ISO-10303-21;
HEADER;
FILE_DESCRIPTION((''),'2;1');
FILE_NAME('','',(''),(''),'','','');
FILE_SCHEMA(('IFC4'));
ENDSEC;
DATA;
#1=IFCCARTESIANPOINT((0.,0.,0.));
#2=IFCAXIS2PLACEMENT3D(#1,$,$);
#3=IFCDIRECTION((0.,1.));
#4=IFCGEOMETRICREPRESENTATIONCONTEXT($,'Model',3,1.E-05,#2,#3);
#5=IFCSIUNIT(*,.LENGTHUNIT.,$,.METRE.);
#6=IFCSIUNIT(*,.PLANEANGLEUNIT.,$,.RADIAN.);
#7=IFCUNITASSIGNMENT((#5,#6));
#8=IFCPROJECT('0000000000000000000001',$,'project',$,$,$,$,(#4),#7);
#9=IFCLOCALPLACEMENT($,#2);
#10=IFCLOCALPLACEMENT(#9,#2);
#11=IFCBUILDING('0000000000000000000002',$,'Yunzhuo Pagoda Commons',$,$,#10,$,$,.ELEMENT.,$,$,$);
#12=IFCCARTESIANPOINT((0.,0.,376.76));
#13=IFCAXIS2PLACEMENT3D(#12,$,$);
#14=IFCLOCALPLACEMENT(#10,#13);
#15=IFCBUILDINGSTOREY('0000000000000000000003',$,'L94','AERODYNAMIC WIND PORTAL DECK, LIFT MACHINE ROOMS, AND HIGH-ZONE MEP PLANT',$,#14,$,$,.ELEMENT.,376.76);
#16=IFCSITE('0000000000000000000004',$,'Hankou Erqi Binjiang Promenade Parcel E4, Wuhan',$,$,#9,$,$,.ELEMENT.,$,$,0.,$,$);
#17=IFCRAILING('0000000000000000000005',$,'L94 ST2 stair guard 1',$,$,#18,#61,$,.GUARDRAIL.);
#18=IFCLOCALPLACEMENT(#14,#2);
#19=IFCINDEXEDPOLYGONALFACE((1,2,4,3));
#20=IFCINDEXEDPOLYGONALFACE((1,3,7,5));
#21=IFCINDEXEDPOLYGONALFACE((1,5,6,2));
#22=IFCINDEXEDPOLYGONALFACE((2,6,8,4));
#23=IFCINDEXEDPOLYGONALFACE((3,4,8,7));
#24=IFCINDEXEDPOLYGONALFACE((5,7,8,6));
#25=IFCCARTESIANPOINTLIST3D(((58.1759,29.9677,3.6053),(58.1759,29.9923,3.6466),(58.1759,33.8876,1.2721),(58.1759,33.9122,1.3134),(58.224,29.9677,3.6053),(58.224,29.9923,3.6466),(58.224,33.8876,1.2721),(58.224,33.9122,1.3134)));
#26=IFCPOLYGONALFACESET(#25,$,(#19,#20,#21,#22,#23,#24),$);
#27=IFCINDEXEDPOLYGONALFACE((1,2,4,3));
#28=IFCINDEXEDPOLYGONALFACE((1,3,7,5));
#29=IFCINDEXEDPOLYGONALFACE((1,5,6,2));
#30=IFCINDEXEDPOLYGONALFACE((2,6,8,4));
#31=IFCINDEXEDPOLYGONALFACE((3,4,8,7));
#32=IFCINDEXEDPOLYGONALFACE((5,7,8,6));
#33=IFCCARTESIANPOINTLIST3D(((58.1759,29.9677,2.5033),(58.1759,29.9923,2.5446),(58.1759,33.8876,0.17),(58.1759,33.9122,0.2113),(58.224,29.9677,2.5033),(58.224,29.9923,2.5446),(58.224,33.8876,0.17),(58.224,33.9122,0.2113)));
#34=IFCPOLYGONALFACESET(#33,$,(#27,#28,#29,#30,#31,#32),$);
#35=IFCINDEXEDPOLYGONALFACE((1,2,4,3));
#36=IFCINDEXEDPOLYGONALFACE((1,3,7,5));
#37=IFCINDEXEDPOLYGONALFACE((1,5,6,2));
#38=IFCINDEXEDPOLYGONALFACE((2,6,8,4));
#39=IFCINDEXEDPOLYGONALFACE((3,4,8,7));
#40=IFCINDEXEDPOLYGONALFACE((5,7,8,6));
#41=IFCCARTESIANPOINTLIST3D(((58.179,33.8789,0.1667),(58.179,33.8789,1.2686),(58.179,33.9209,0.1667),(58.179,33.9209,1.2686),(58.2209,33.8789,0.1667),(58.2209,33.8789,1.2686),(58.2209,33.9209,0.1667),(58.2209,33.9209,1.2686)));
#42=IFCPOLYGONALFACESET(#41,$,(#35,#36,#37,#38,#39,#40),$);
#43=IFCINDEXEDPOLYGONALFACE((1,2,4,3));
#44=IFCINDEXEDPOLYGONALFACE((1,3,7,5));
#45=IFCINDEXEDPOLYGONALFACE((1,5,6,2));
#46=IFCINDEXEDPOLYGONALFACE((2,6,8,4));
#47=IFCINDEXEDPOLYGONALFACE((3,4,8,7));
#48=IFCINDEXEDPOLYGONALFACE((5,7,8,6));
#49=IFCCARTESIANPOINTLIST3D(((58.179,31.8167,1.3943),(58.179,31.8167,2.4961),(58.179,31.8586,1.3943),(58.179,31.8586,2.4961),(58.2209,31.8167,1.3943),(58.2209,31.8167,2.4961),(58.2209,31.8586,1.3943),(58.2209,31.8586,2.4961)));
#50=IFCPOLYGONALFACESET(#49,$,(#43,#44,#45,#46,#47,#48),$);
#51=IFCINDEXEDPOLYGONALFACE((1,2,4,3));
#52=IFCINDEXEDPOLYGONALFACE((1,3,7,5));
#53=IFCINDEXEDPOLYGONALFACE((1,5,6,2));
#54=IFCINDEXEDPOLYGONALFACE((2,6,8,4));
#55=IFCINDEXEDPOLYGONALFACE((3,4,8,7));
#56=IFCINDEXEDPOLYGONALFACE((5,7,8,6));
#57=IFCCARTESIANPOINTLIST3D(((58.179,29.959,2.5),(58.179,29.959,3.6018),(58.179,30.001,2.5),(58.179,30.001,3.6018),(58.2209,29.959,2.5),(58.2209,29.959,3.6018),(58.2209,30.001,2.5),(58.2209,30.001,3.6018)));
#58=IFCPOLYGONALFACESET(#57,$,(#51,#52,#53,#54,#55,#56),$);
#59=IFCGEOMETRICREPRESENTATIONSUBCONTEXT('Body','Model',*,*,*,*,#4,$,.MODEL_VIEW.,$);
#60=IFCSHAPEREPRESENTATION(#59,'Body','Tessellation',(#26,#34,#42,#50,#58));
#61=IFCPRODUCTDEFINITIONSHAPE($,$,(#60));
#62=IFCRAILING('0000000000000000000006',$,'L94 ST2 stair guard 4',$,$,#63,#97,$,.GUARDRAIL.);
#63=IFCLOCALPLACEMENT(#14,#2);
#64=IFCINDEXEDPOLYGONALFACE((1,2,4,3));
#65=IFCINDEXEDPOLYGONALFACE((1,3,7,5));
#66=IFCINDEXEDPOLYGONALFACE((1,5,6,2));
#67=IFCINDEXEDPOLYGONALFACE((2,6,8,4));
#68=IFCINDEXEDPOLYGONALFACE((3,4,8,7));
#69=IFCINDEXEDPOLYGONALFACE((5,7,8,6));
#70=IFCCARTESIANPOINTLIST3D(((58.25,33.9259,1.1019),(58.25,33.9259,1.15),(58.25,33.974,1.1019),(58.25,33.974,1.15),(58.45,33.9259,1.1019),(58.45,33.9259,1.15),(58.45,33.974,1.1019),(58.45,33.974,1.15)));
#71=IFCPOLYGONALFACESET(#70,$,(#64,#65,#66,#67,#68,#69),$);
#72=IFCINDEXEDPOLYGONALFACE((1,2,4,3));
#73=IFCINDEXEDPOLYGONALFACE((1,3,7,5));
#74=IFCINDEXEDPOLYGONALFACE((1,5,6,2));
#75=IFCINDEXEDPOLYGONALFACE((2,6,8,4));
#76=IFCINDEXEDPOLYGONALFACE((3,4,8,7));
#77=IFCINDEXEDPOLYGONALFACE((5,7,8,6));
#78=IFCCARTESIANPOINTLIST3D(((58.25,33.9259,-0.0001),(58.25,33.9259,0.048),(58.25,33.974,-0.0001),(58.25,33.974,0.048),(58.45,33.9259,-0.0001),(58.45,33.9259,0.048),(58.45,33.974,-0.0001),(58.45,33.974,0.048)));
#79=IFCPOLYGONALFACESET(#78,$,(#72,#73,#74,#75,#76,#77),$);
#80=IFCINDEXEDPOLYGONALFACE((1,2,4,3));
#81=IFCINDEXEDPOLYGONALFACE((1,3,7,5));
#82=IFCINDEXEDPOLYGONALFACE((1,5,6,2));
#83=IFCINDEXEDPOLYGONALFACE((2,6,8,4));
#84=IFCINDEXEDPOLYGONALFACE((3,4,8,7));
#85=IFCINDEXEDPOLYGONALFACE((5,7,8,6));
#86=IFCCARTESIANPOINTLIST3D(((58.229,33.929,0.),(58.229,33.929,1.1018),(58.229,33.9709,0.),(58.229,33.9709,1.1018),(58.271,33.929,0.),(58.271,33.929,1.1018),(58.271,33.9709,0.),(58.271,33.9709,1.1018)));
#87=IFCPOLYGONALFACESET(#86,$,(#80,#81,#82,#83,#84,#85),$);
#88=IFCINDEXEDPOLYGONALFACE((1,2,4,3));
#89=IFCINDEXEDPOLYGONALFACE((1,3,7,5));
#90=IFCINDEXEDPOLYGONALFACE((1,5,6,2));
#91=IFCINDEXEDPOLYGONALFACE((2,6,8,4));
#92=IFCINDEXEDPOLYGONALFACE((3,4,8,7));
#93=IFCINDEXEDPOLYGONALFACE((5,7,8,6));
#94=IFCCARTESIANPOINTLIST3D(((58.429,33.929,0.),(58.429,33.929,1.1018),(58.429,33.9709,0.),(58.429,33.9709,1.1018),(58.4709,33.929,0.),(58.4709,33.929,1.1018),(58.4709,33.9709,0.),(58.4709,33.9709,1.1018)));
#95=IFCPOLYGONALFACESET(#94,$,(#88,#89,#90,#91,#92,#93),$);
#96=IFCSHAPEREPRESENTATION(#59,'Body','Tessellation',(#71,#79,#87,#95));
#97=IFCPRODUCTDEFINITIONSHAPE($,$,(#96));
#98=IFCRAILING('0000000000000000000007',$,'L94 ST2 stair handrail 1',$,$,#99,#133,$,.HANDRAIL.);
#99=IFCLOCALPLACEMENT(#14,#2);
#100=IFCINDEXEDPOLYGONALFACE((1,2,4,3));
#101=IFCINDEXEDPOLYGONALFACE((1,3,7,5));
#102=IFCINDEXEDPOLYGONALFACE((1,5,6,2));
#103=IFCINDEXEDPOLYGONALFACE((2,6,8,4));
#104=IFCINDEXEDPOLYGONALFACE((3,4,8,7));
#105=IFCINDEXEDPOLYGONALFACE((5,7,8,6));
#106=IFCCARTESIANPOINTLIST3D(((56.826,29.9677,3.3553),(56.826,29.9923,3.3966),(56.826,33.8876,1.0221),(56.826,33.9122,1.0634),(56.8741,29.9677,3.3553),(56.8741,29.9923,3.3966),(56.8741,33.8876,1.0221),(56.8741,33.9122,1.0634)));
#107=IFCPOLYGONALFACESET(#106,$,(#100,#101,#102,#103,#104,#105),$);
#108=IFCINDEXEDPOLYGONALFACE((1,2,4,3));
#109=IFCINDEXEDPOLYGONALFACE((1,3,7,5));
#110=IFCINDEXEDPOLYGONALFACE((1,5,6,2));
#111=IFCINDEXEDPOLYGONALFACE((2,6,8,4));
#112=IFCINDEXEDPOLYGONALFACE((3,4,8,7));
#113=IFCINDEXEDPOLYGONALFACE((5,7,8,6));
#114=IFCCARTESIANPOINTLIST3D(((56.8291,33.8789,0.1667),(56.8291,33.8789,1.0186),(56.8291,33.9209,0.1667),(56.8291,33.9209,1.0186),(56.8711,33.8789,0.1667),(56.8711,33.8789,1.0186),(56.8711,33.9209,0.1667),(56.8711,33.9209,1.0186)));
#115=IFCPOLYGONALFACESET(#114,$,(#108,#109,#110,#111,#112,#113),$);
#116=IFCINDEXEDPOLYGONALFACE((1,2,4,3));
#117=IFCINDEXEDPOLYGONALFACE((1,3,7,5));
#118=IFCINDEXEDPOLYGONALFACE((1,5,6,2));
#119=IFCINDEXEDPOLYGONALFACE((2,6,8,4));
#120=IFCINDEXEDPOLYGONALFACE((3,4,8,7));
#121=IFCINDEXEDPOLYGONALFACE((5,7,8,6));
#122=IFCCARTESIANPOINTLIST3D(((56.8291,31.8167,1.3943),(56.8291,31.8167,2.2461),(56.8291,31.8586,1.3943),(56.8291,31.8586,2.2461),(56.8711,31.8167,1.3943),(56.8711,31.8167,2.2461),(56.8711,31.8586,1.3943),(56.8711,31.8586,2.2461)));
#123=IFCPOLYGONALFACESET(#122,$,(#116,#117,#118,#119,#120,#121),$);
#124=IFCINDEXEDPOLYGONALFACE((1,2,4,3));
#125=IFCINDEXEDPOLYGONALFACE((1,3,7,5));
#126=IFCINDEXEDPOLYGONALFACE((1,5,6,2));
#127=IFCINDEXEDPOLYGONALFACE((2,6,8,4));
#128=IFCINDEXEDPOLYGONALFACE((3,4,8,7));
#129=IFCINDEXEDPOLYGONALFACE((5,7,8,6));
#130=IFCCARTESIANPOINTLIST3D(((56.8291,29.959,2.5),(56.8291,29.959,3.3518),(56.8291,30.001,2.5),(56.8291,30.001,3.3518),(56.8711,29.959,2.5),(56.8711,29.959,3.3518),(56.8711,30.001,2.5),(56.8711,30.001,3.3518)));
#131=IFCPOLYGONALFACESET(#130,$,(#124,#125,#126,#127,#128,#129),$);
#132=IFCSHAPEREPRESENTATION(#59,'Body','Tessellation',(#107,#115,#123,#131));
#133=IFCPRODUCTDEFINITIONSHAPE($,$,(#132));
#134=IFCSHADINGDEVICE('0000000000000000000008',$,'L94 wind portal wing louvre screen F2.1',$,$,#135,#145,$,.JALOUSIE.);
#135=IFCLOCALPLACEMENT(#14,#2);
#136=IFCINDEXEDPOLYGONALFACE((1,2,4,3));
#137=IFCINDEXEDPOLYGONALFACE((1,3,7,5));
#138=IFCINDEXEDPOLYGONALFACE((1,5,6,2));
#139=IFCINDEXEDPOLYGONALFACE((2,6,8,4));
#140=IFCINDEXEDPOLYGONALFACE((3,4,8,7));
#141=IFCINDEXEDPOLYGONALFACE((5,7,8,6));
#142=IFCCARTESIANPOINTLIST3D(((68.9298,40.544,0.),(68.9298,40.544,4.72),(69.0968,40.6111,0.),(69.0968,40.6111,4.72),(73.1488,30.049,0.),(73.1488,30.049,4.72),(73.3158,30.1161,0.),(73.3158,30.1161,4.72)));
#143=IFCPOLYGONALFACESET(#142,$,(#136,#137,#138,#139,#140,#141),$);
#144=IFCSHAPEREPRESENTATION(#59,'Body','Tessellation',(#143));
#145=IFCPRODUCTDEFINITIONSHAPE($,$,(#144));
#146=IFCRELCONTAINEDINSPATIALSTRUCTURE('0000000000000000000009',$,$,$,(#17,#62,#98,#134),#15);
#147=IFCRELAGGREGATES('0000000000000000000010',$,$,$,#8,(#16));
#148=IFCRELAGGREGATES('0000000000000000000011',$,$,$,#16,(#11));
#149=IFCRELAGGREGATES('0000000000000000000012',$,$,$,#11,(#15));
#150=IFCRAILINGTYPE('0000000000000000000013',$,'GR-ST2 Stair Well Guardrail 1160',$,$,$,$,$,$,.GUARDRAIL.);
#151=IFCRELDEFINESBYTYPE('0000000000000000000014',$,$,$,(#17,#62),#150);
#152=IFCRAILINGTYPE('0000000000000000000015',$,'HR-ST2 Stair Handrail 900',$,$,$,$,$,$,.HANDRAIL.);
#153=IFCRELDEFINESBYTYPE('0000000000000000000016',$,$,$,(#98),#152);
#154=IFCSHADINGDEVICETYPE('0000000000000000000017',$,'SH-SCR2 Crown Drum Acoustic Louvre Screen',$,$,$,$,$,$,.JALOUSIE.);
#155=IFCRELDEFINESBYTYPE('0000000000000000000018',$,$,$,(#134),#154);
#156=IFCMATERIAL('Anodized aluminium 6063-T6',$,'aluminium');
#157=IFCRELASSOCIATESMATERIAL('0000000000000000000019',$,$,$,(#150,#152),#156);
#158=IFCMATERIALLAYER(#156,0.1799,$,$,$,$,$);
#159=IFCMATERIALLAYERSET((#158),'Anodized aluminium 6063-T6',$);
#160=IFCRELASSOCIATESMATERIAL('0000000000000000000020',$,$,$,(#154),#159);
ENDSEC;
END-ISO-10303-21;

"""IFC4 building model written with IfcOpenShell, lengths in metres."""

from ifc_helpers import new_model, si_unit, direction, frame, origin, origin_2d, place, context, subcontext, project, spatial, rectangle, extrude, source, transform, mapped, material, layer, layer_set, type_object, element, save


model = new_model("IFC4")

# Units and contexts
model_context = context("Model", 3, precision=1e-05, world=origin(), true_north=direction((0.0, 1.0)))
body_context = subcontext(model_context, "Body", "Model", "MODEL_VIEW")
ifc_project = project(units=[si_unit("LENGTHUNIT", "METRE"), si_unit("PLANEANGLEUNIT", "RADIAN")], contexts=[model_context])

# Site, building, storey
site_placement = place(None, origin())
site = spatial("IfcSite", under=ifc_project, at=site_placement, Name="Hankou Erqi Binjiang Promenade Parcel E4, Wuhan", CompositionType="ELEMENT", RefElevation=0.0)
building_placement = place(site_placement, origin())
building = spatial("IfcBuilding", under=site, at=building_placement, Name="Yunzhuo Pagoda Commons", CompositionType="ELEMENT")
storey_placement = place(building_placement, frame((0.0, 0.0, 376.76)))
storey = spatial("IfcBuildingStorey", under=building, at=storey_placement, Name="L94", Description="AERODYNAMIC WIND PORTAL DECK, LIFT MACHINE ROOMS, AND HIGH-ZONE MEP PLANT", CompositionType="ELEMENT", Elevation=376.76)

# Railings
ifc_material_1 = material(Name="Anodized aluminium 6063-T6", Category="aluminium")
railing_type_1 = type_object("IfcRailingType", Name="GR-ST2 Stair Well Guardrail 1160", PredefinedType="GUARDRAIL", material=ifc_material_1)
railing_1_placement = place(storey_placement, frame((58.2, 33.8999, 0.1667)))
element("IfcRailing", 1, at=railing_1_placement, inside=storey, type_object=railing_type_1, Name="L94 ST2 stair guard 1", PredefinedType="GUARDRAIL", context=body_context, shape_type="SweptSolid", body=[
    extrude(rectangle(XDim=0.0481, YDim=0.0481, at=origin_2d()), frame((0.0, 0.0, 1.126), z_axis=(0.0, -0.859296, 0.511478), x_axis=(1.0, 0.0, 0.0)), (0.0, 0.0, 1.0), 4.5618),
    extrude(rectangle(XDim=0.0481, YDim=0.0481, at=origin_2d()), frame((0.0, 0.0, 0.0239), z_axis=(0.0, -0.859296, 0.511478), x_axis=(1.0, 0.0, 0.0)), (0.0, 0.0, 1.0), 4.5618),
    extrude(rectangle(XDim=0.042, YDim=0.042, at=origin_2d()), origin(), (0.0, 0.0, 1.0), 1.1018),
    extrude(rectangle(XDim=0.042, YDim=0.042, at=origin_2d()), frame((0.0, -2.0623, 1.2275)), (0.0, 0.0, 1.0), 1.1018),
    extrude(rectangle(XDim=0.042, YDim=0.042, at=origin_2d()), frame((0.0, -3.9199, 2.3333)), (0.0, 0.0, 1.0), 1.1018),
])
railing_2_placement = place(storey_placement, frame((58.25, 33.95, 0.0)))
element("IfcRailing", 2, at=railing_2_placement, inside=storey, type_object=railing_type_1, Name="L94 ST2 stair guard 4", PredefinedType="GUARDRAIL", context=body_context, shape_type="SweptSolid", body=[
    extrude(rectangle(XDim=0.0481, YDim=0.0481, at=origin_2d()), frame((0.0, 0.0, 1.126), z_axis=(1.0, 0.0, 0.0), x_axis=(0.0, 1.0, 0.0)), (0.0, 0.0, 1.0), 0.2),
    extrude(rectangle(XDim=0.0481, YDim=0.0481, at=origin_2d()), frame((0.0, 0.0, 0.0239), z_axis=(1.0, 0.0, 0.0), x_axis=(0.0, 1.0, 0.0)), (0.0, 0.0, 1.0), 0.2),
    extrude(rectangle(XDim=0.042, YDim=0.042, at=origin_2d()), origin(), (0.0, 0.0, 1.0), 1.1018),
    extrude(rectangle(XDim=0.042, YDim=0.042, at=origin_2d()), frame((0.2, 0.0, 0.0)), (0.0, 0.0, 1.0), 1.1018),
])
railing_type_2 = type_object("IfcRailingType", Name="HR-ST2 Stair Handrail 900", PredefinedType="HANDRAIL", material=ifc_material_1)
railing_3_placement = place(storey_placement, frame((56.8501, 33.8999, 0.1667)))
element("IfcRailing", 3, at=railing_3_placement, inside=storey, type_object=railing_type_2, Name="L94 ST2 stair handrail 1", PredefinedType="HANDRAIL", context=body_context, shape_type="SweptSolid", body=[
    extrude(rectangle(XDim=0.0481, YDim=0.0481, at=origin_2d()), frame((0.0, 0.0, 0.876), z_axis=(0.0, -0.859296, 0.511478), x_axis=(1.0, 0.0, 0.0)), (0.0, 0.0, 1.0), 4.5618),
    extrude(rectangle(XDim=0.042, YDim=0.042, at=origin_2d()), origin(), (0.0, 0.0, 1.0), 0.8518),
    extrude(rectangle(XDim=0.042, YDim=0.042, at=origin_2d()), frame((0.0, -2.0623, 1.2275)), (0.0, 0.0, 1.0), 0.8518),
    extrude(rectangle(XDim=0.042, YDim=0.042, at=origin_2d()), frame((0.0, -3.9199, 2.3333)), (0.0, 0.0, 1.0), 0.8518),
])

# Shading device
ifc_layer_1 = layer(ifc_material_1, 0.1799)
ifc_layer_set_1 = layer_set([ifc_layer_1], Name="Anodized aluminium 6063-T6")
shading_device_type = type_object("IfcShadingDeviceType", Name="SH-SCR2 Crown Drum Acoustic Louvre Screen", PredefinedType="JALOUSIE", material=ifc_layer_set_1)
shared_shape_1 = source(origin(), body_context, "Body", "SweptSolid", [
    extrude(rectangle(XDim=11.3113, YDim=0.1799, at=origin_2d()), origin(), (0.0, 0.0, 1.0), 4.72),
])
shading_device_placement = place(storey_placement, frame((71.1228, 35.3301, 0.0), z_axis=(0.0, 0.0, 1.0), x_axis=(-0.372988, 0.927836, 0.0)))
element("IfcShadingDevice", 4, at=shading_device_placement, inside=storey, type_object=shading_device_type, Name="L94 wind portal wing louvre screen F2.1", PredefinedType="JALOUSIE", context=body_context, shape_type="MappedRepresentation", body=[
    mapped(shared_shape_1, transform((0.0, 0.0, 0.0), scale=1.0)),
])

save(model, "model.ifc")
